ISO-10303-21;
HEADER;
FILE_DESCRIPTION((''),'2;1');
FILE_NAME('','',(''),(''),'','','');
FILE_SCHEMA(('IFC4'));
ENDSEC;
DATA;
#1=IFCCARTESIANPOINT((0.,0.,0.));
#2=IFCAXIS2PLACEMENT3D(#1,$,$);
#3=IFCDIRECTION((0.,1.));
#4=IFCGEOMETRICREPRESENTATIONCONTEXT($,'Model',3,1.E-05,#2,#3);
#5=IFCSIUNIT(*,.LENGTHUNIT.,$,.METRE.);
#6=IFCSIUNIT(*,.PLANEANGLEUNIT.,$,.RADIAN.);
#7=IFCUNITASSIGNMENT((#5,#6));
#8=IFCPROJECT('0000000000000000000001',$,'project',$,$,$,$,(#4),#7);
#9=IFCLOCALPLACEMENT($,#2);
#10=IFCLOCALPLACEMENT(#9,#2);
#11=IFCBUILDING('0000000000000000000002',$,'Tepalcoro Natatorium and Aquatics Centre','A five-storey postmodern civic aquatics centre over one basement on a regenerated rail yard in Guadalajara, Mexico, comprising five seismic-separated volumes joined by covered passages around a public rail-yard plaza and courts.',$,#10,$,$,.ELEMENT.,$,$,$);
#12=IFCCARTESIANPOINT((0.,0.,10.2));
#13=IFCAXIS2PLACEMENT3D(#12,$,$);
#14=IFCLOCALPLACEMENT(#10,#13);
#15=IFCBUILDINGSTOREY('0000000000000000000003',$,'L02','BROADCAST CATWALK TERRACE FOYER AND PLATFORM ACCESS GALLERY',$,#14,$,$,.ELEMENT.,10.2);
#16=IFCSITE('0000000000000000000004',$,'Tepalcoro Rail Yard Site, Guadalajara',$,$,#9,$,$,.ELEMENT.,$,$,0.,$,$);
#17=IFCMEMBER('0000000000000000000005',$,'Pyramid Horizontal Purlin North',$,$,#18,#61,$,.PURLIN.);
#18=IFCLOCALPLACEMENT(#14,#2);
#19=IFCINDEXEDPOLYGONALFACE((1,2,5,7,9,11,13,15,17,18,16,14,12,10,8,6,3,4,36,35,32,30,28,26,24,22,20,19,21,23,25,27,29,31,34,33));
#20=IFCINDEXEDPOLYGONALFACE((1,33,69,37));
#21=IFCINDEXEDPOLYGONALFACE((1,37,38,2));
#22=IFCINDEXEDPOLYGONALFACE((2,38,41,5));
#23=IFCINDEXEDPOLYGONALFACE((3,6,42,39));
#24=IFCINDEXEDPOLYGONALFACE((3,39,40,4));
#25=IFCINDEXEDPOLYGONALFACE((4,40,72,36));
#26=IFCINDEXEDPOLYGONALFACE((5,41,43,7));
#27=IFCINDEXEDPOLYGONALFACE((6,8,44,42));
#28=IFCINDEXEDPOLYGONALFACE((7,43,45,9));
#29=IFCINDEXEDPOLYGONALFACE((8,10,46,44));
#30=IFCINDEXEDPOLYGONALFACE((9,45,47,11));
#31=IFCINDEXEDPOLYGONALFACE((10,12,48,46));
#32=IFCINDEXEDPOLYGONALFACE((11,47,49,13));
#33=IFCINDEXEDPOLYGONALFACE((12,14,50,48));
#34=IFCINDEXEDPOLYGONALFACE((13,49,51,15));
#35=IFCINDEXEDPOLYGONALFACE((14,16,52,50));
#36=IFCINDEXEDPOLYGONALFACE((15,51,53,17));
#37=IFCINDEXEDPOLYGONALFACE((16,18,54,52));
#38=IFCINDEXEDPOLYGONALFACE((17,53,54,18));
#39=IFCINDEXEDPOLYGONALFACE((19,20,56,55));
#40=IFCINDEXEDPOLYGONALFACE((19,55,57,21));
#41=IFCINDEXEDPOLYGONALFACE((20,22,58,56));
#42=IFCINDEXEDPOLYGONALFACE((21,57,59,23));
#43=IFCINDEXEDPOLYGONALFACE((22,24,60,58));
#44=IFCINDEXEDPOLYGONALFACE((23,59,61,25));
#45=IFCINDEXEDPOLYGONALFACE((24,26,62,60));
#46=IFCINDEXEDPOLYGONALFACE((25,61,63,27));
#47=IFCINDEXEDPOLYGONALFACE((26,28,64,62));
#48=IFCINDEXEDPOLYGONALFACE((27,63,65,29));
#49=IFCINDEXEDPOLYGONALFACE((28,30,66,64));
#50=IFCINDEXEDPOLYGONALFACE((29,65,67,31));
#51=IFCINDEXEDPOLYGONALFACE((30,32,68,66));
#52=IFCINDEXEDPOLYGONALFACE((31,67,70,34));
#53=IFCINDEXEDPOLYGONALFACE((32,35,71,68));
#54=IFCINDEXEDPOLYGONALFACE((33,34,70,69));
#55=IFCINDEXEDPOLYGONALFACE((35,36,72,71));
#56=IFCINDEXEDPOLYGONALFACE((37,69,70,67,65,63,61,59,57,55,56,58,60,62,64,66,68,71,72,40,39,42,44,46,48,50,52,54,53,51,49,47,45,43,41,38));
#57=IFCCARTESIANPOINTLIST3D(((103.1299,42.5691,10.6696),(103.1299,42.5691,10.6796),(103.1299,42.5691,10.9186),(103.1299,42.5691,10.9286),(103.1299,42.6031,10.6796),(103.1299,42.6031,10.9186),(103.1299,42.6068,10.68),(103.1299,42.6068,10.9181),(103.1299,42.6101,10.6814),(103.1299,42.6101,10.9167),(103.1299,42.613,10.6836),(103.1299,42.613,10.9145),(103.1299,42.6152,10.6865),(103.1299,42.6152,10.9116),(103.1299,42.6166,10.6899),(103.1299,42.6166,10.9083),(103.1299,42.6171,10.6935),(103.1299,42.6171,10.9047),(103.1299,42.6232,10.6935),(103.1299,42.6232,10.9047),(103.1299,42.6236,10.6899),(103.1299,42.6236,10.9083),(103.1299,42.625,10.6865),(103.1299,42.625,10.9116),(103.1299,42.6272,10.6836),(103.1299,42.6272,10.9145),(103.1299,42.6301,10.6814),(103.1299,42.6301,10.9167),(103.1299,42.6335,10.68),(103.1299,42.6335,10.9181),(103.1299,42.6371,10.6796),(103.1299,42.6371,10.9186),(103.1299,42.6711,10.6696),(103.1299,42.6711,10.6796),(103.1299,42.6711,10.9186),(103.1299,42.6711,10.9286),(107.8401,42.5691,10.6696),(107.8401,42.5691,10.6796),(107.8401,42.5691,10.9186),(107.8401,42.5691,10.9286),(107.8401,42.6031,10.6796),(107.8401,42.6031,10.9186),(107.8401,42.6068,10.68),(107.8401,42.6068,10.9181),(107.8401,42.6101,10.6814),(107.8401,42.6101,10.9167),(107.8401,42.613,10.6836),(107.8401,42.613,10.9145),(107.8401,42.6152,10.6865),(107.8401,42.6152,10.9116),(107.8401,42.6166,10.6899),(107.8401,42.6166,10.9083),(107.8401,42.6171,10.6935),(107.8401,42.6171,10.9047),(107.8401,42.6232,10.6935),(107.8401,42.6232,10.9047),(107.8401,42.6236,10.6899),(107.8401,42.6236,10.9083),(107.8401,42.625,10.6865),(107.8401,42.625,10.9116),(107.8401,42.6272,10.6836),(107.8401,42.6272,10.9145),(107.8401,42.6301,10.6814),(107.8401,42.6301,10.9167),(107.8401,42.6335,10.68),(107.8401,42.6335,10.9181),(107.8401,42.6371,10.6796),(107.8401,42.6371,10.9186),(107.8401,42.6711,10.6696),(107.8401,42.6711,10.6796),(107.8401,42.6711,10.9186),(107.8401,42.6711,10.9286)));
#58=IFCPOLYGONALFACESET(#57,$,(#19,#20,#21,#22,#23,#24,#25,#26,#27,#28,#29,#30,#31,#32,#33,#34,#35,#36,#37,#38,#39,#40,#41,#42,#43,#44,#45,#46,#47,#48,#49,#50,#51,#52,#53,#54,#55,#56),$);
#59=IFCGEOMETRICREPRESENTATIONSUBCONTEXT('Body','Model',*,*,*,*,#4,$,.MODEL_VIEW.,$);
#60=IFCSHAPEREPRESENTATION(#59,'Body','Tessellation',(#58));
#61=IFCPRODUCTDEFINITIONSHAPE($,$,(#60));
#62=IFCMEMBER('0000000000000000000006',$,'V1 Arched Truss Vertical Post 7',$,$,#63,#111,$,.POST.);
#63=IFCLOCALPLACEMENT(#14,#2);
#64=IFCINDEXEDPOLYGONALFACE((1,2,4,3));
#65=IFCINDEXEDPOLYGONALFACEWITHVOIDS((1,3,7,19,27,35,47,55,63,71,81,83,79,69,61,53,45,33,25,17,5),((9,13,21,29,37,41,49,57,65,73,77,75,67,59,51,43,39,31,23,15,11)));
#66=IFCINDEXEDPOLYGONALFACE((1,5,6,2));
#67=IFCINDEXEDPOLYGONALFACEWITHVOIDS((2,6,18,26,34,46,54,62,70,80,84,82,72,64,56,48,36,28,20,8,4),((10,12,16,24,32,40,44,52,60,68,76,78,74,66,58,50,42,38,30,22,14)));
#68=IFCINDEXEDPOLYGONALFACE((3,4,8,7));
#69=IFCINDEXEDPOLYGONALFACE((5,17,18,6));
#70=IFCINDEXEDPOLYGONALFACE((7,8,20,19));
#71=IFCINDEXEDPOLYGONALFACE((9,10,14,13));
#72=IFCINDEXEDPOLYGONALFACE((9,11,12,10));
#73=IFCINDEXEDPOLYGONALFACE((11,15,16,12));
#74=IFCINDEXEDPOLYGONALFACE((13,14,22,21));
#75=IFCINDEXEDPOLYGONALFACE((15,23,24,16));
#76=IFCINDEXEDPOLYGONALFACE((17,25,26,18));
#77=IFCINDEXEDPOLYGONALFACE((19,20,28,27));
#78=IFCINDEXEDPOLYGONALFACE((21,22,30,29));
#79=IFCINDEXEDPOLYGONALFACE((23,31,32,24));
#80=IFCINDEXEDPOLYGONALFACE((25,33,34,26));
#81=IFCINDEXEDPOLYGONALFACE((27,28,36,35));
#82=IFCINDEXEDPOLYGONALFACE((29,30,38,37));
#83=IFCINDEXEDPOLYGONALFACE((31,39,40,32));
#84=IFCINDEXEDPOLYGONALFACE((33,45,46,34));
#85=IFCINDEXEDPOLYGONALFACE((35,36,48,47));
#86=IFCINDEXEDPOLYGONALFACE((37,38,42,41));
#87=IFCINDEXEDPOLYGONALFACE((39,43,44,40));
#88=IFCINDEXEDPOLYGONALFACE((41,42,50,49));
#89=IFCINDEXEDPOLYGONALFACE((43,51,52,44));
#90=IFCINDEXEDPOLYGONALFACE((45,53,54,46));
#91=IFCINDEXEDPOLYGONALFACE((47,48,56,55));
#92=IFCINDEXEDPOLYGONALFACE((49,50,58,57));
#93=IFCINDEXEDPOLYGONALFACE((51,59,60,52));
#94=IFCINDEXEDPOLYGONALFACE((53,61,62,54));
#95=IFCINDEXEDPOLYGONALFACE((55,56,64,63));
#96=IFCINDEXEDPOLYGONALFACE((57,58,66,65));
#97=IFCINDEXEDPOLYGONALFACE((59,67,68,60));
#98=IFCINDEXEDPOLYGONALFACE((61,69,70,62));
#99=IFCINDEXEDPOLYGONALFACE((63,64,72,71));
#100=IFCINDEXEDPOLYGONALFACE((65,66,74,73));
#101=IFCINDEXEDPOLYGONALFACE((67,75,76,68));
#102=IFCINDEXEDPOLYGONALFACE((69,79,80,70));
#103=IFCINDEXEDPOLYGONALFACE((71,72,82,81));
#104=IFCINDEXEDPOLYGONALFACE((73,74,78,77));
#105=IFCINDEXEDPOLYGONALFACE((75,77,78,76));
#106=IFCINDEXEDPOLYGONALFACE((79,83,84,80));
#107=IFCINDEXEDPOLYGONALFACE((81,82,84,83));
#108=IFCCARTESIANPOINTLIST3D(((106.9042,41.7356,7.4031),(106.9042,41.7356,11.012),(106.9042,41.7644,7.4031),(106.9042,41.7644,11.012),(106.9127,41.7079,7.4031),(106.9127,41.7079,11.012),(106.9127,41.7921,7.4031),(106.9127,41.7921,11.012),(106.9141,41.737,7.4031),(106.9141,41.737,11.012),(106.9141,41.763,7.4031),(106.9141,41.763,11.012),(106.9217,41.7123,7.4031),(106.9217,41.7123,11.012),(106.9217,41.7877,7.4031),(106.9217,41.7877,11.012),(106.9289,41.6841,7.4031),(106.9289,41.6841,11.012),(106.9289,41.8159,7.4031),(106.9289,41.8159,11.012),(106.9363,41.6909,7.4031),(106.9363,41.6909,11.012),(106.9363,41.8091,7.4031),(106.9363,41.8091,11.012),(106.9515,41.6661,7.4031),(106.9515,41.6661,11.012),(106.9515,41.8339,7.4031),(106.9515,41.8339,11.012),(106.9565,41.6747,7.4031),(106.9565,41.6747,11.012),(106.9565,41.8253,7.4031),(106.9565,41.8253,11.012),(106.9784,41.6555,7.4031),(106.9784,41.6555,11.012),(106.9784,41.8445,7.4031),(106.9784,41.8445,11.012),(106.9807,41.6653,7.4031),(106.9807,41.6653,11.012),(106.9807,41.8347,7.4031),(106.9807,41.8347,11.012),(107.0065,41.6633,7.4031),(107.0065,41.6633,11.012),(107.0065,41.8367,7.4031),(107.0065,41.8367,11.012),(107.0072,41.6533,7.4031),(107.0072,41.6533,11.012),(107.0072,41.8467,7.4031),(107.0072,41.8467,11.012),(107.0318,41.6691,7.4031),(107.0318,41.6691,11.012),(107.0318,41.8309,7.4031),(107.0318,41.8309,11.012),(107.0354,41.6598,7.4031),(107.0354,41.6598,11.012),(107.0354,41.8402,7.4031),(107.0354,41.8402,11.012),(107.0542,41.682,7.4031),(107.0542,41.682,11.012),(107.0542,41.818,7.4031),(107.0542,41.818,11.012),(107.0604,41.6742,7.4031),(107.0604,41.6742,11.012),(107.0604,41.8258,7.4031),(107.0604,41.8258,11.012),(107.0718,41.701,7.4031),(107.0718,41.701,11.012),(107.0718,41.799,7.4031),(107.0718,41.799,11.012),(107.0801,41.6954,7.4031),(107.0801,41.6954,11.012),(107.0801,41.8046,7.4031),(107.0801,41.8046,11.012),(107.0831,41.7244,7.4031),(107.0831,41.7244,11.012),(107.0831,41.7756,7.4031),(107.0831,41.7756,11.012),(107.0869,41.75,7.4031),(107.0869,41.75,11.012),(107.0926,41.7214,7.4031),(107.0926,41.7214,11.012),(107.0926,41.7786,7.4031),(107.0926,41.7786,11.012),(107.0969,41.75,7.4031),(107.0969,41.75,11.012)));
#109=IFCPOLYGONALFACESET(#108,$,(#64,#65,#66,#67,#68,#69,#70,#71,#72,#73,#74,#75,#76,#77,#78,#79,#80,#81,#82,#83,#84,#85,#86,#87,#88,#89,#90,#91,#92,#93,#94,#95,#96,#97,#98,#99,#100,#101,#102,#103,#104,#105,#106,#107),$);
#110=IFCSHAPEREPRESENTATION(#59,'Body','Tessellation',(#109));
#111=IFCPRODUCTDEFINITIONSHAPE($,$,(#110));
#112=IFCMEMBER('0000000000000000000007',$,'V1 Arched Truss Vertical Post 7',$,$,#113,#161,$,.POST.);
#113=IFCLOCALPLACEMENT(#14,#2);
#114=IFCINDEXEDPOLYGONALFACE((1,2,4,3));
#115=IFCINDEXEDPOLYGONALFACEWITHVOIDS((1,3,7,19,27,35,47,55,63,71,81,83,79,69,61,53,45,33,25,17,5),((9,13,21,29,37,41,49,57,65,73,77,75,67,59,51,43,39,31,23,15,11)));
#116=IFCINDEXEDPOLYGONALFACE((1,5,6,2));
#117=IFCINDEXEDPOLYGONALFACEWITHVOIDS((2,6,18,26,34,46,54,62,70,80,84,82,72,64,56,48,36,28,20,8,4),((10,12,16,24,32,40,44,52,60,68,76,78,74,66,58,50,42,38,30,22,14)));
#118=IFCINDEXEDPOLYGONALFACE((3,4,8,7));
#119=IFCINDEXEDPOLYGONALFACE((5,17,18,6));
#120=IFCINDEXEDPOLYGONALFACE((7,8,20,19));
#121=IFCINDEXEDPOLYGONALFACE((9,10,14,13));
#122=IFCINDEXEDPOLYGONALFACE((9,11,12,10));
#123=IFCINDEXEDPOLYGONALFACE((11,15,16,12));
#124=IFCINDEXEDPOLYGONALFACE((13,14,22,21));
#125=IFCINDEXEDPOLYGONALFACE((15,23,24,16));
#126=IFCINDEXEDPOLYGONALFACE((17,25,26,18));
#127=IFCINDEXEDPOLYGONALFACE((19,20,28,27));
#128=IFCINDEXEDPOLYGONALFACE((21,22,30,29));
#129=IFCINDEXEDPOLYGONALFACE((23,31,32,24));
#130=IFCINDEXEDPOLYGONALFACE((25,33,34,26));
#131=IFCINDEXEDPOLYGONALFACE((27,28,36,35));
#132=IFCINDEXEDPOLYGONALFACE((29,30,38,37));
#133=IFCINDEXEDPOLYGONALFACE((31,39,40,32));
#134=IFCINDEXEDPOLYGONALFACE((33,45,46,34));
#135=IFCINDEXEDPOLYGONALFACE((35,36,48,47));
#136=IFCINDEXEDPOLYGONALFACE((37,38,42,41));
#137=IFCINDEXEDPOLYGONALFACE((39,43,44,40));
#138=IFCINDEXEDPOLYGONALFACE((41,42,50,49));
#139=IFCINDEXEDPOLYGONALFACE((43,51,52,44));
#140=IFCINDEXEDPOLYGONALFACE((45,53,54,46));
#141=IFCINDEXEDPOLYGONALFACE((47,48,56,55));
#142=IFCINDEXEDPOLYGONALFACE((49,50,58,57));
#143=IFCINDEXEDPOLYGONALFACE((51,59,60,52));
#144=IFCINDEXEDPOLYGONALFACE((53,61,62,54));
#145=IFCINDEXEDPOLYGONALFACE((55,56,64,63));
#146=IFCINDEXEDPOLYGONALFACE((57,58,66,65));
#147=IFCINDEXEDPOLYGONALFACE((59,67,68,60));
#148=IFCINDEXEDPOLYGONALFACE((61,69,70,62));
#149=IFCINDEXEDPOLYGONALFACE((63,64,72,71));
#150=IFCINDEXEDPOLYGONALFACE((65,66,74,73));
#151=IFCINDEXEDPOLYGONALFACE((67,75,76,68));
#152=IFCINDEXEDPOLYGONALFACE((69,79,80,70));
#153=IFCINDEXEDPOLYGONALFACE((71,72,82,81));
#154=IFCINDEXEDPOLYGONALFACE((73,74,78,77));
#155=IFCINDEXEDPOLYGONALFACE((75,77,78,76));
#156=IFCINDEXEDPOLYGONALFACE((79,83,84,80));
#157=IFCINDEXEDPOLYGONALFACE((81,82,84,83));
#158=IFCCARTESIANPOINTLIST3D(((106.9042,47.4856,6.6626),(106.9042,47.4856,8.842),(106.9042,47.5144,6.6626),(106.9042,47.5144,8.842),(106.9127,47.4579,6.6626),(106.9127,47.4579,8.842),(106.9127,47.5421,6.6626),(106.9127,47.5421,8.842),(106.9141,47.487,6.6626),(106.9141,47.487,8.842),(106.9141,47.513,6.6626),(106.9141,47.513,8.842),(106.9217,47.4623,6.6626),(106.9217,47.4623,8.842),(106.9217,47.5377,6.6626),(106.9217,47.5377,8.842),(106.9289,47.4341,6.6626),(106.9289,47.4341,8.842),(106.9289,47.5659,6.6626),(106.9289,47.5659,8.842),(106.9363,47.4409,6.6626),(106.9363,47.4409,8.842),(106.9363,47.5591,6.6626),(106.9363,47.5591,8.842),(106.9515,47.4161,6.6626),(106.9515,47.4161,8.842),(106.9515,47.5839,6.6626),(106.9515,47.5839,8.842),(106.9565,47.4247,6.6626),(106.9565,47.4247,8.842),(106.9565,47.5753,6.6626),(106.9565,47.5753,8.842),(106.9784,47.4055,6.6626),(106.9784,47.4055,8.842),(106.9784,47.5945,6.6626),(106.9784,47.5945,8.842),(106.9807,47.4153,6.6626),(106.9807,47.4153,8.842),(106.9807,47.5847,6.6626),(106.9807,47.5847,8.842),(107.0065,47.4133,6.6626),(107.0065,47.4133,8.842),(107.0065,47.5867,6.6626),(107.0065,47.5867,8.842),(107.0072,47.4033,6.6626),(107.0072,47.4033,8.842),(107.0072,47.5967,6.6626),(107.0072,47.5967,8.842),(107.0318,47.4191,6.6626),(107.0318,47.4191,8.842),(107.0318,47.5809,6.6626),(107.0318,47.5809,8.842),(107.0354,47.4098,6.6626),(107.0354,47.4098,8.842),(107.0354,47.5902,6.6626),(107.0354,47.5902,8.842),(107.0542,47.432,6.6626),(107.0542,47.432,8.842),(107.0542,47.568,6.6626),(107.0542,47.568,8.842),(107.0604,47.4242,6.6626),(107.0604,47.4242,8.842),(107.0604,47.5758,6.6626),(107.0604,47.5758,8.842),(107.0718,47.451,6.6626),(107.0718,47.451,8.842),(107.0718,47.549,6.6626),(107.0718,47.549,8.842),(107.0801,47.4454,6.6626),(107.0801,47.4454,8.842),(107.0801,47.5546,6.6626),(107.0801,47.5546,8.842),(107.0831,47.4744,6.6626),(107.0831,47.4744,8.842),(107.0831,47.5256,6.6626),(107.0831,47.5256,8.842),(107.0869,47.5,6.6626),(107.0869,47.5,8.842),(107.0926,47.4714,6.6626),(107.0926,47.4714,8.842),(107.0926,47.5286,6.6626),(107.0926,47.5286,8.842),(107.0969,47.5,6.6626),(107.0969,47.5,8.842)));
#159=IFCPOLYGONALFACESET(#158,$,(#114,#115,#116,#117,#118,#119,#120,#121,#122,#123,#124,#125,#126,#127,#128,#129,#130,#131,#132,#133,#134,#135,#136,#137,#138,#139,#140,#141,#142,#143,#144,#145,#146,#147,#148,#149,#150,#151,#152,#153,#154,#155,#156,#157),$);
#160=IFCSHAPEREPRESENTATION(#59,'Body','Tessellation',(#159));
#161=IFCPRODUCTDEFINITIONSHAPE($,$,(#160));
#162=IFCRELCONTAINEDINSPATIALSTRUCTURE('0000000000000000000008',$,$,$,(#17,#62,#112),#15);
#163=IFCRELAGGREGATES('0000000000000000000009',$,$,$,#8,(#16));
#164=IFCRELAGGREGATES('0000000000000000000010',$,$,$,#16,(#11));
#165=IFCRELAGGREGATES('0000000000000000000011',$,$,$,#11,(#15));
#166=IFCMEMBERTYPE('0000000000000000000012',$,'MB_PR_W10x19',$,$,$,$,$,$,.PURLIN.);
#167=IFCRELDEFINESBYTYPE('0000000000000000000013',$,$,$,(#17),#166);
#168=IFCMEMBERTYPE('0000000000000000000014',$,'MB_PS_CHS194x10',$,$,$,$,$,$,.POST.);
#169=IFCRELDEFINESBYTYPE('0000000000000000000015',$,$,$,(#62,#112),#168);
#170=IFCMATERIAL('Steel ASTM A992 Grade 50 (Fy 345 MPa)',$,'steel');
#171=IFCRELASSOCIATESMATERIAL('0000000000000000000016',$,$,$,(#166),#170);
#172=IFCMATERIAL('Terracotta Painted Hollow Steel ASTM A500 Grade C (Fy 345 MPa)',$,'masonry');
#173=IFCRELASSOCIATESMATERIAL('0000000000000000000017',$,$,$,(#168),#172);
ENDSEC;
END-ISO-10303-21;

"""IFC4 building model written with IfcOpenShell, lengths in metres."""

from ifc_helpers import new_model, si_unit, direction, frame, origin, origin_2d, place, context, subcontext, project, spatial, hollow_circle, i_section, extrude, material, material_profile, profile_set, type_object, element, save


model = new_model("IFC4")

# Units and contexts
model_context = context("Model", 3, precision=1e-05, world=origin(), true_north=direction((0.0, 1.0)))
body_context = subcontext(model_context, "Body", "Model", "MODEL_VIEW")
ifc_project = project(units=[si_unit("LENGTHUNIT", "METRE"), si_unit("PLANEANGLEUNIT", "RADIAN")], contexts=[model_context])

# Site, building, storey
site_placement = place(None, origin())
site = spatial("IfcSite", under=ifc_project, at=site_placement, Name="Tepalcoro Rail Yard Site, Guadalajara", CompositionType="ELEMENT", RefElevation=0.0)
building_placement = place(site_placement, origin())
building = spatial("IfcBuilding", under=site, at=building_placement, Name="Tepalcoro Natatorium and Aquatics Centre", Description="A five-storey postmodern civic aquatics centre over one basement on a regenerated rail yard in Guadalajara, Mexico, comprising five seismic-separated volumes joined by covered passages around a public rail-yard plaza and courts.", CompositionType="ELEMENT")
storey_placement = place(building_placement, frame((0.0, 0.0, 10.2)))
storey = spatial("IfcBuildingStorey", under=building, at=storey_placement, Name="L02", Description="BROADCAST CATWALK TERRACE FOYER AND PLATFORM ACCESS GALLERY", CompositionType="ELEMENT", Elevation=10.2)

# Shared definitions
ifc_material_1 = material(Name="Terracotta Painted Hollow Steel ASTM A500 Grade C (Fy 345 MPa)", Category="masonry")

# Members
ifc_material_2 = material(Name="Steel ASTM A992 Grade 50 (Fy 345 MPa)", Category="steel")
ifc_material_profile_1 = material_profile(ifc_material_2, i_section(OverallWidth=0.1021, OverallDepth=0.259, WebThickness=0.0061, FlangeThickness=0.01, FilletRadius=0.0139, at=origin_2d()), Name="W10X19")
ifc_profile_set_1 = profile_set([ifc_material_profile_1], Name="Steel ASTM A992 Grade 50 (Fy 345 MPa)")
member_type_1 = type_object("IfcMemberType", Name="MB_PR_W10x19", PredefinedType="PURLIN", material=ifc_profile_set_1)
member_1_placement = place(storey_placement, frame((103.1299, 42.6201, 10.7991), z_axis=(1.0, 0.0, 0.0), x_axis=(0.0, 1.0, 0.0)))
element("IfcMember", 1, at=member_1_placement, inside=storey, type_object=member_type_1, Name="Pyramid Horizontal Purlin North", PredefinedType="PURLIN", context=body_context, shape_type="SweptSolid", body=[
    extrude(i_section(OverallWidth=0.1021, OverallDepth=0.259, WebThickness=0.0061, FlangeThickness=0.01, FilletRadius=0.0139, at=origin_2d()), origin(), (0.0, 0.0, 1.0), 4.7102),
])
ifc_material_profile_2 = material_profile(ifc_material_1, hollow_circle(Radius=0.0969, WallThickness=0.01, at=origin_2d()), Name="CHS194X10")
ifc_profile_set_2 = profile_set([ifc_material_profile_2], Name="Terracotta Painted Hollow Steel ASTM A500 Grade C (Fy 345 MPa)")
member_type_2 = type_object("IfcMemberType", Name="MB_PS_CHS194x10", PredefinedType="POST", material=ifc_profile_set_2)
member_2_placement = place(storey_placement, frame((107.0, 41.75, 7.4031), z_axis=(0.0, 0.0, 1.0), x_axis=(1.0, 0.0, 0.0)))
element("IfcMember", 2, at=member_2_placement, inside=storey, type_object=member_type_2, Name="V1 Arched Truss Vertical Post 7", PredefinedType="POST", context=body_context, shape_type="SweptSolid", body=[
    extrude(hollow_circle(Radius=0.0969, WallThickness=0.01, at=origin_2d()), origin(), (0.0, 0.0, 1.0), 3.6089),
])
member_3_placement = place(storey_placement, frame((107.0, 47.5, 6.6626), z_axis=(0.0, 0.0, 1.0), x_axis=(1.0, 0.0, 0.0)))
element("IfcMember", 3, at=member_3_placement, inside=storey, type_object=member_type_2, Name="V1 Arched Truss Vertical Post 7", PredefinedType="POST", context=body_context, shape_type="SweptSolid", body=[
    extrude(hollow_circle(Radius=0.0969, WallThickness=0.01, at=origin_2d()), origin(), (0.0, 0.0, 1.0), 2.1794),
])

save(model, "model.ifc")
